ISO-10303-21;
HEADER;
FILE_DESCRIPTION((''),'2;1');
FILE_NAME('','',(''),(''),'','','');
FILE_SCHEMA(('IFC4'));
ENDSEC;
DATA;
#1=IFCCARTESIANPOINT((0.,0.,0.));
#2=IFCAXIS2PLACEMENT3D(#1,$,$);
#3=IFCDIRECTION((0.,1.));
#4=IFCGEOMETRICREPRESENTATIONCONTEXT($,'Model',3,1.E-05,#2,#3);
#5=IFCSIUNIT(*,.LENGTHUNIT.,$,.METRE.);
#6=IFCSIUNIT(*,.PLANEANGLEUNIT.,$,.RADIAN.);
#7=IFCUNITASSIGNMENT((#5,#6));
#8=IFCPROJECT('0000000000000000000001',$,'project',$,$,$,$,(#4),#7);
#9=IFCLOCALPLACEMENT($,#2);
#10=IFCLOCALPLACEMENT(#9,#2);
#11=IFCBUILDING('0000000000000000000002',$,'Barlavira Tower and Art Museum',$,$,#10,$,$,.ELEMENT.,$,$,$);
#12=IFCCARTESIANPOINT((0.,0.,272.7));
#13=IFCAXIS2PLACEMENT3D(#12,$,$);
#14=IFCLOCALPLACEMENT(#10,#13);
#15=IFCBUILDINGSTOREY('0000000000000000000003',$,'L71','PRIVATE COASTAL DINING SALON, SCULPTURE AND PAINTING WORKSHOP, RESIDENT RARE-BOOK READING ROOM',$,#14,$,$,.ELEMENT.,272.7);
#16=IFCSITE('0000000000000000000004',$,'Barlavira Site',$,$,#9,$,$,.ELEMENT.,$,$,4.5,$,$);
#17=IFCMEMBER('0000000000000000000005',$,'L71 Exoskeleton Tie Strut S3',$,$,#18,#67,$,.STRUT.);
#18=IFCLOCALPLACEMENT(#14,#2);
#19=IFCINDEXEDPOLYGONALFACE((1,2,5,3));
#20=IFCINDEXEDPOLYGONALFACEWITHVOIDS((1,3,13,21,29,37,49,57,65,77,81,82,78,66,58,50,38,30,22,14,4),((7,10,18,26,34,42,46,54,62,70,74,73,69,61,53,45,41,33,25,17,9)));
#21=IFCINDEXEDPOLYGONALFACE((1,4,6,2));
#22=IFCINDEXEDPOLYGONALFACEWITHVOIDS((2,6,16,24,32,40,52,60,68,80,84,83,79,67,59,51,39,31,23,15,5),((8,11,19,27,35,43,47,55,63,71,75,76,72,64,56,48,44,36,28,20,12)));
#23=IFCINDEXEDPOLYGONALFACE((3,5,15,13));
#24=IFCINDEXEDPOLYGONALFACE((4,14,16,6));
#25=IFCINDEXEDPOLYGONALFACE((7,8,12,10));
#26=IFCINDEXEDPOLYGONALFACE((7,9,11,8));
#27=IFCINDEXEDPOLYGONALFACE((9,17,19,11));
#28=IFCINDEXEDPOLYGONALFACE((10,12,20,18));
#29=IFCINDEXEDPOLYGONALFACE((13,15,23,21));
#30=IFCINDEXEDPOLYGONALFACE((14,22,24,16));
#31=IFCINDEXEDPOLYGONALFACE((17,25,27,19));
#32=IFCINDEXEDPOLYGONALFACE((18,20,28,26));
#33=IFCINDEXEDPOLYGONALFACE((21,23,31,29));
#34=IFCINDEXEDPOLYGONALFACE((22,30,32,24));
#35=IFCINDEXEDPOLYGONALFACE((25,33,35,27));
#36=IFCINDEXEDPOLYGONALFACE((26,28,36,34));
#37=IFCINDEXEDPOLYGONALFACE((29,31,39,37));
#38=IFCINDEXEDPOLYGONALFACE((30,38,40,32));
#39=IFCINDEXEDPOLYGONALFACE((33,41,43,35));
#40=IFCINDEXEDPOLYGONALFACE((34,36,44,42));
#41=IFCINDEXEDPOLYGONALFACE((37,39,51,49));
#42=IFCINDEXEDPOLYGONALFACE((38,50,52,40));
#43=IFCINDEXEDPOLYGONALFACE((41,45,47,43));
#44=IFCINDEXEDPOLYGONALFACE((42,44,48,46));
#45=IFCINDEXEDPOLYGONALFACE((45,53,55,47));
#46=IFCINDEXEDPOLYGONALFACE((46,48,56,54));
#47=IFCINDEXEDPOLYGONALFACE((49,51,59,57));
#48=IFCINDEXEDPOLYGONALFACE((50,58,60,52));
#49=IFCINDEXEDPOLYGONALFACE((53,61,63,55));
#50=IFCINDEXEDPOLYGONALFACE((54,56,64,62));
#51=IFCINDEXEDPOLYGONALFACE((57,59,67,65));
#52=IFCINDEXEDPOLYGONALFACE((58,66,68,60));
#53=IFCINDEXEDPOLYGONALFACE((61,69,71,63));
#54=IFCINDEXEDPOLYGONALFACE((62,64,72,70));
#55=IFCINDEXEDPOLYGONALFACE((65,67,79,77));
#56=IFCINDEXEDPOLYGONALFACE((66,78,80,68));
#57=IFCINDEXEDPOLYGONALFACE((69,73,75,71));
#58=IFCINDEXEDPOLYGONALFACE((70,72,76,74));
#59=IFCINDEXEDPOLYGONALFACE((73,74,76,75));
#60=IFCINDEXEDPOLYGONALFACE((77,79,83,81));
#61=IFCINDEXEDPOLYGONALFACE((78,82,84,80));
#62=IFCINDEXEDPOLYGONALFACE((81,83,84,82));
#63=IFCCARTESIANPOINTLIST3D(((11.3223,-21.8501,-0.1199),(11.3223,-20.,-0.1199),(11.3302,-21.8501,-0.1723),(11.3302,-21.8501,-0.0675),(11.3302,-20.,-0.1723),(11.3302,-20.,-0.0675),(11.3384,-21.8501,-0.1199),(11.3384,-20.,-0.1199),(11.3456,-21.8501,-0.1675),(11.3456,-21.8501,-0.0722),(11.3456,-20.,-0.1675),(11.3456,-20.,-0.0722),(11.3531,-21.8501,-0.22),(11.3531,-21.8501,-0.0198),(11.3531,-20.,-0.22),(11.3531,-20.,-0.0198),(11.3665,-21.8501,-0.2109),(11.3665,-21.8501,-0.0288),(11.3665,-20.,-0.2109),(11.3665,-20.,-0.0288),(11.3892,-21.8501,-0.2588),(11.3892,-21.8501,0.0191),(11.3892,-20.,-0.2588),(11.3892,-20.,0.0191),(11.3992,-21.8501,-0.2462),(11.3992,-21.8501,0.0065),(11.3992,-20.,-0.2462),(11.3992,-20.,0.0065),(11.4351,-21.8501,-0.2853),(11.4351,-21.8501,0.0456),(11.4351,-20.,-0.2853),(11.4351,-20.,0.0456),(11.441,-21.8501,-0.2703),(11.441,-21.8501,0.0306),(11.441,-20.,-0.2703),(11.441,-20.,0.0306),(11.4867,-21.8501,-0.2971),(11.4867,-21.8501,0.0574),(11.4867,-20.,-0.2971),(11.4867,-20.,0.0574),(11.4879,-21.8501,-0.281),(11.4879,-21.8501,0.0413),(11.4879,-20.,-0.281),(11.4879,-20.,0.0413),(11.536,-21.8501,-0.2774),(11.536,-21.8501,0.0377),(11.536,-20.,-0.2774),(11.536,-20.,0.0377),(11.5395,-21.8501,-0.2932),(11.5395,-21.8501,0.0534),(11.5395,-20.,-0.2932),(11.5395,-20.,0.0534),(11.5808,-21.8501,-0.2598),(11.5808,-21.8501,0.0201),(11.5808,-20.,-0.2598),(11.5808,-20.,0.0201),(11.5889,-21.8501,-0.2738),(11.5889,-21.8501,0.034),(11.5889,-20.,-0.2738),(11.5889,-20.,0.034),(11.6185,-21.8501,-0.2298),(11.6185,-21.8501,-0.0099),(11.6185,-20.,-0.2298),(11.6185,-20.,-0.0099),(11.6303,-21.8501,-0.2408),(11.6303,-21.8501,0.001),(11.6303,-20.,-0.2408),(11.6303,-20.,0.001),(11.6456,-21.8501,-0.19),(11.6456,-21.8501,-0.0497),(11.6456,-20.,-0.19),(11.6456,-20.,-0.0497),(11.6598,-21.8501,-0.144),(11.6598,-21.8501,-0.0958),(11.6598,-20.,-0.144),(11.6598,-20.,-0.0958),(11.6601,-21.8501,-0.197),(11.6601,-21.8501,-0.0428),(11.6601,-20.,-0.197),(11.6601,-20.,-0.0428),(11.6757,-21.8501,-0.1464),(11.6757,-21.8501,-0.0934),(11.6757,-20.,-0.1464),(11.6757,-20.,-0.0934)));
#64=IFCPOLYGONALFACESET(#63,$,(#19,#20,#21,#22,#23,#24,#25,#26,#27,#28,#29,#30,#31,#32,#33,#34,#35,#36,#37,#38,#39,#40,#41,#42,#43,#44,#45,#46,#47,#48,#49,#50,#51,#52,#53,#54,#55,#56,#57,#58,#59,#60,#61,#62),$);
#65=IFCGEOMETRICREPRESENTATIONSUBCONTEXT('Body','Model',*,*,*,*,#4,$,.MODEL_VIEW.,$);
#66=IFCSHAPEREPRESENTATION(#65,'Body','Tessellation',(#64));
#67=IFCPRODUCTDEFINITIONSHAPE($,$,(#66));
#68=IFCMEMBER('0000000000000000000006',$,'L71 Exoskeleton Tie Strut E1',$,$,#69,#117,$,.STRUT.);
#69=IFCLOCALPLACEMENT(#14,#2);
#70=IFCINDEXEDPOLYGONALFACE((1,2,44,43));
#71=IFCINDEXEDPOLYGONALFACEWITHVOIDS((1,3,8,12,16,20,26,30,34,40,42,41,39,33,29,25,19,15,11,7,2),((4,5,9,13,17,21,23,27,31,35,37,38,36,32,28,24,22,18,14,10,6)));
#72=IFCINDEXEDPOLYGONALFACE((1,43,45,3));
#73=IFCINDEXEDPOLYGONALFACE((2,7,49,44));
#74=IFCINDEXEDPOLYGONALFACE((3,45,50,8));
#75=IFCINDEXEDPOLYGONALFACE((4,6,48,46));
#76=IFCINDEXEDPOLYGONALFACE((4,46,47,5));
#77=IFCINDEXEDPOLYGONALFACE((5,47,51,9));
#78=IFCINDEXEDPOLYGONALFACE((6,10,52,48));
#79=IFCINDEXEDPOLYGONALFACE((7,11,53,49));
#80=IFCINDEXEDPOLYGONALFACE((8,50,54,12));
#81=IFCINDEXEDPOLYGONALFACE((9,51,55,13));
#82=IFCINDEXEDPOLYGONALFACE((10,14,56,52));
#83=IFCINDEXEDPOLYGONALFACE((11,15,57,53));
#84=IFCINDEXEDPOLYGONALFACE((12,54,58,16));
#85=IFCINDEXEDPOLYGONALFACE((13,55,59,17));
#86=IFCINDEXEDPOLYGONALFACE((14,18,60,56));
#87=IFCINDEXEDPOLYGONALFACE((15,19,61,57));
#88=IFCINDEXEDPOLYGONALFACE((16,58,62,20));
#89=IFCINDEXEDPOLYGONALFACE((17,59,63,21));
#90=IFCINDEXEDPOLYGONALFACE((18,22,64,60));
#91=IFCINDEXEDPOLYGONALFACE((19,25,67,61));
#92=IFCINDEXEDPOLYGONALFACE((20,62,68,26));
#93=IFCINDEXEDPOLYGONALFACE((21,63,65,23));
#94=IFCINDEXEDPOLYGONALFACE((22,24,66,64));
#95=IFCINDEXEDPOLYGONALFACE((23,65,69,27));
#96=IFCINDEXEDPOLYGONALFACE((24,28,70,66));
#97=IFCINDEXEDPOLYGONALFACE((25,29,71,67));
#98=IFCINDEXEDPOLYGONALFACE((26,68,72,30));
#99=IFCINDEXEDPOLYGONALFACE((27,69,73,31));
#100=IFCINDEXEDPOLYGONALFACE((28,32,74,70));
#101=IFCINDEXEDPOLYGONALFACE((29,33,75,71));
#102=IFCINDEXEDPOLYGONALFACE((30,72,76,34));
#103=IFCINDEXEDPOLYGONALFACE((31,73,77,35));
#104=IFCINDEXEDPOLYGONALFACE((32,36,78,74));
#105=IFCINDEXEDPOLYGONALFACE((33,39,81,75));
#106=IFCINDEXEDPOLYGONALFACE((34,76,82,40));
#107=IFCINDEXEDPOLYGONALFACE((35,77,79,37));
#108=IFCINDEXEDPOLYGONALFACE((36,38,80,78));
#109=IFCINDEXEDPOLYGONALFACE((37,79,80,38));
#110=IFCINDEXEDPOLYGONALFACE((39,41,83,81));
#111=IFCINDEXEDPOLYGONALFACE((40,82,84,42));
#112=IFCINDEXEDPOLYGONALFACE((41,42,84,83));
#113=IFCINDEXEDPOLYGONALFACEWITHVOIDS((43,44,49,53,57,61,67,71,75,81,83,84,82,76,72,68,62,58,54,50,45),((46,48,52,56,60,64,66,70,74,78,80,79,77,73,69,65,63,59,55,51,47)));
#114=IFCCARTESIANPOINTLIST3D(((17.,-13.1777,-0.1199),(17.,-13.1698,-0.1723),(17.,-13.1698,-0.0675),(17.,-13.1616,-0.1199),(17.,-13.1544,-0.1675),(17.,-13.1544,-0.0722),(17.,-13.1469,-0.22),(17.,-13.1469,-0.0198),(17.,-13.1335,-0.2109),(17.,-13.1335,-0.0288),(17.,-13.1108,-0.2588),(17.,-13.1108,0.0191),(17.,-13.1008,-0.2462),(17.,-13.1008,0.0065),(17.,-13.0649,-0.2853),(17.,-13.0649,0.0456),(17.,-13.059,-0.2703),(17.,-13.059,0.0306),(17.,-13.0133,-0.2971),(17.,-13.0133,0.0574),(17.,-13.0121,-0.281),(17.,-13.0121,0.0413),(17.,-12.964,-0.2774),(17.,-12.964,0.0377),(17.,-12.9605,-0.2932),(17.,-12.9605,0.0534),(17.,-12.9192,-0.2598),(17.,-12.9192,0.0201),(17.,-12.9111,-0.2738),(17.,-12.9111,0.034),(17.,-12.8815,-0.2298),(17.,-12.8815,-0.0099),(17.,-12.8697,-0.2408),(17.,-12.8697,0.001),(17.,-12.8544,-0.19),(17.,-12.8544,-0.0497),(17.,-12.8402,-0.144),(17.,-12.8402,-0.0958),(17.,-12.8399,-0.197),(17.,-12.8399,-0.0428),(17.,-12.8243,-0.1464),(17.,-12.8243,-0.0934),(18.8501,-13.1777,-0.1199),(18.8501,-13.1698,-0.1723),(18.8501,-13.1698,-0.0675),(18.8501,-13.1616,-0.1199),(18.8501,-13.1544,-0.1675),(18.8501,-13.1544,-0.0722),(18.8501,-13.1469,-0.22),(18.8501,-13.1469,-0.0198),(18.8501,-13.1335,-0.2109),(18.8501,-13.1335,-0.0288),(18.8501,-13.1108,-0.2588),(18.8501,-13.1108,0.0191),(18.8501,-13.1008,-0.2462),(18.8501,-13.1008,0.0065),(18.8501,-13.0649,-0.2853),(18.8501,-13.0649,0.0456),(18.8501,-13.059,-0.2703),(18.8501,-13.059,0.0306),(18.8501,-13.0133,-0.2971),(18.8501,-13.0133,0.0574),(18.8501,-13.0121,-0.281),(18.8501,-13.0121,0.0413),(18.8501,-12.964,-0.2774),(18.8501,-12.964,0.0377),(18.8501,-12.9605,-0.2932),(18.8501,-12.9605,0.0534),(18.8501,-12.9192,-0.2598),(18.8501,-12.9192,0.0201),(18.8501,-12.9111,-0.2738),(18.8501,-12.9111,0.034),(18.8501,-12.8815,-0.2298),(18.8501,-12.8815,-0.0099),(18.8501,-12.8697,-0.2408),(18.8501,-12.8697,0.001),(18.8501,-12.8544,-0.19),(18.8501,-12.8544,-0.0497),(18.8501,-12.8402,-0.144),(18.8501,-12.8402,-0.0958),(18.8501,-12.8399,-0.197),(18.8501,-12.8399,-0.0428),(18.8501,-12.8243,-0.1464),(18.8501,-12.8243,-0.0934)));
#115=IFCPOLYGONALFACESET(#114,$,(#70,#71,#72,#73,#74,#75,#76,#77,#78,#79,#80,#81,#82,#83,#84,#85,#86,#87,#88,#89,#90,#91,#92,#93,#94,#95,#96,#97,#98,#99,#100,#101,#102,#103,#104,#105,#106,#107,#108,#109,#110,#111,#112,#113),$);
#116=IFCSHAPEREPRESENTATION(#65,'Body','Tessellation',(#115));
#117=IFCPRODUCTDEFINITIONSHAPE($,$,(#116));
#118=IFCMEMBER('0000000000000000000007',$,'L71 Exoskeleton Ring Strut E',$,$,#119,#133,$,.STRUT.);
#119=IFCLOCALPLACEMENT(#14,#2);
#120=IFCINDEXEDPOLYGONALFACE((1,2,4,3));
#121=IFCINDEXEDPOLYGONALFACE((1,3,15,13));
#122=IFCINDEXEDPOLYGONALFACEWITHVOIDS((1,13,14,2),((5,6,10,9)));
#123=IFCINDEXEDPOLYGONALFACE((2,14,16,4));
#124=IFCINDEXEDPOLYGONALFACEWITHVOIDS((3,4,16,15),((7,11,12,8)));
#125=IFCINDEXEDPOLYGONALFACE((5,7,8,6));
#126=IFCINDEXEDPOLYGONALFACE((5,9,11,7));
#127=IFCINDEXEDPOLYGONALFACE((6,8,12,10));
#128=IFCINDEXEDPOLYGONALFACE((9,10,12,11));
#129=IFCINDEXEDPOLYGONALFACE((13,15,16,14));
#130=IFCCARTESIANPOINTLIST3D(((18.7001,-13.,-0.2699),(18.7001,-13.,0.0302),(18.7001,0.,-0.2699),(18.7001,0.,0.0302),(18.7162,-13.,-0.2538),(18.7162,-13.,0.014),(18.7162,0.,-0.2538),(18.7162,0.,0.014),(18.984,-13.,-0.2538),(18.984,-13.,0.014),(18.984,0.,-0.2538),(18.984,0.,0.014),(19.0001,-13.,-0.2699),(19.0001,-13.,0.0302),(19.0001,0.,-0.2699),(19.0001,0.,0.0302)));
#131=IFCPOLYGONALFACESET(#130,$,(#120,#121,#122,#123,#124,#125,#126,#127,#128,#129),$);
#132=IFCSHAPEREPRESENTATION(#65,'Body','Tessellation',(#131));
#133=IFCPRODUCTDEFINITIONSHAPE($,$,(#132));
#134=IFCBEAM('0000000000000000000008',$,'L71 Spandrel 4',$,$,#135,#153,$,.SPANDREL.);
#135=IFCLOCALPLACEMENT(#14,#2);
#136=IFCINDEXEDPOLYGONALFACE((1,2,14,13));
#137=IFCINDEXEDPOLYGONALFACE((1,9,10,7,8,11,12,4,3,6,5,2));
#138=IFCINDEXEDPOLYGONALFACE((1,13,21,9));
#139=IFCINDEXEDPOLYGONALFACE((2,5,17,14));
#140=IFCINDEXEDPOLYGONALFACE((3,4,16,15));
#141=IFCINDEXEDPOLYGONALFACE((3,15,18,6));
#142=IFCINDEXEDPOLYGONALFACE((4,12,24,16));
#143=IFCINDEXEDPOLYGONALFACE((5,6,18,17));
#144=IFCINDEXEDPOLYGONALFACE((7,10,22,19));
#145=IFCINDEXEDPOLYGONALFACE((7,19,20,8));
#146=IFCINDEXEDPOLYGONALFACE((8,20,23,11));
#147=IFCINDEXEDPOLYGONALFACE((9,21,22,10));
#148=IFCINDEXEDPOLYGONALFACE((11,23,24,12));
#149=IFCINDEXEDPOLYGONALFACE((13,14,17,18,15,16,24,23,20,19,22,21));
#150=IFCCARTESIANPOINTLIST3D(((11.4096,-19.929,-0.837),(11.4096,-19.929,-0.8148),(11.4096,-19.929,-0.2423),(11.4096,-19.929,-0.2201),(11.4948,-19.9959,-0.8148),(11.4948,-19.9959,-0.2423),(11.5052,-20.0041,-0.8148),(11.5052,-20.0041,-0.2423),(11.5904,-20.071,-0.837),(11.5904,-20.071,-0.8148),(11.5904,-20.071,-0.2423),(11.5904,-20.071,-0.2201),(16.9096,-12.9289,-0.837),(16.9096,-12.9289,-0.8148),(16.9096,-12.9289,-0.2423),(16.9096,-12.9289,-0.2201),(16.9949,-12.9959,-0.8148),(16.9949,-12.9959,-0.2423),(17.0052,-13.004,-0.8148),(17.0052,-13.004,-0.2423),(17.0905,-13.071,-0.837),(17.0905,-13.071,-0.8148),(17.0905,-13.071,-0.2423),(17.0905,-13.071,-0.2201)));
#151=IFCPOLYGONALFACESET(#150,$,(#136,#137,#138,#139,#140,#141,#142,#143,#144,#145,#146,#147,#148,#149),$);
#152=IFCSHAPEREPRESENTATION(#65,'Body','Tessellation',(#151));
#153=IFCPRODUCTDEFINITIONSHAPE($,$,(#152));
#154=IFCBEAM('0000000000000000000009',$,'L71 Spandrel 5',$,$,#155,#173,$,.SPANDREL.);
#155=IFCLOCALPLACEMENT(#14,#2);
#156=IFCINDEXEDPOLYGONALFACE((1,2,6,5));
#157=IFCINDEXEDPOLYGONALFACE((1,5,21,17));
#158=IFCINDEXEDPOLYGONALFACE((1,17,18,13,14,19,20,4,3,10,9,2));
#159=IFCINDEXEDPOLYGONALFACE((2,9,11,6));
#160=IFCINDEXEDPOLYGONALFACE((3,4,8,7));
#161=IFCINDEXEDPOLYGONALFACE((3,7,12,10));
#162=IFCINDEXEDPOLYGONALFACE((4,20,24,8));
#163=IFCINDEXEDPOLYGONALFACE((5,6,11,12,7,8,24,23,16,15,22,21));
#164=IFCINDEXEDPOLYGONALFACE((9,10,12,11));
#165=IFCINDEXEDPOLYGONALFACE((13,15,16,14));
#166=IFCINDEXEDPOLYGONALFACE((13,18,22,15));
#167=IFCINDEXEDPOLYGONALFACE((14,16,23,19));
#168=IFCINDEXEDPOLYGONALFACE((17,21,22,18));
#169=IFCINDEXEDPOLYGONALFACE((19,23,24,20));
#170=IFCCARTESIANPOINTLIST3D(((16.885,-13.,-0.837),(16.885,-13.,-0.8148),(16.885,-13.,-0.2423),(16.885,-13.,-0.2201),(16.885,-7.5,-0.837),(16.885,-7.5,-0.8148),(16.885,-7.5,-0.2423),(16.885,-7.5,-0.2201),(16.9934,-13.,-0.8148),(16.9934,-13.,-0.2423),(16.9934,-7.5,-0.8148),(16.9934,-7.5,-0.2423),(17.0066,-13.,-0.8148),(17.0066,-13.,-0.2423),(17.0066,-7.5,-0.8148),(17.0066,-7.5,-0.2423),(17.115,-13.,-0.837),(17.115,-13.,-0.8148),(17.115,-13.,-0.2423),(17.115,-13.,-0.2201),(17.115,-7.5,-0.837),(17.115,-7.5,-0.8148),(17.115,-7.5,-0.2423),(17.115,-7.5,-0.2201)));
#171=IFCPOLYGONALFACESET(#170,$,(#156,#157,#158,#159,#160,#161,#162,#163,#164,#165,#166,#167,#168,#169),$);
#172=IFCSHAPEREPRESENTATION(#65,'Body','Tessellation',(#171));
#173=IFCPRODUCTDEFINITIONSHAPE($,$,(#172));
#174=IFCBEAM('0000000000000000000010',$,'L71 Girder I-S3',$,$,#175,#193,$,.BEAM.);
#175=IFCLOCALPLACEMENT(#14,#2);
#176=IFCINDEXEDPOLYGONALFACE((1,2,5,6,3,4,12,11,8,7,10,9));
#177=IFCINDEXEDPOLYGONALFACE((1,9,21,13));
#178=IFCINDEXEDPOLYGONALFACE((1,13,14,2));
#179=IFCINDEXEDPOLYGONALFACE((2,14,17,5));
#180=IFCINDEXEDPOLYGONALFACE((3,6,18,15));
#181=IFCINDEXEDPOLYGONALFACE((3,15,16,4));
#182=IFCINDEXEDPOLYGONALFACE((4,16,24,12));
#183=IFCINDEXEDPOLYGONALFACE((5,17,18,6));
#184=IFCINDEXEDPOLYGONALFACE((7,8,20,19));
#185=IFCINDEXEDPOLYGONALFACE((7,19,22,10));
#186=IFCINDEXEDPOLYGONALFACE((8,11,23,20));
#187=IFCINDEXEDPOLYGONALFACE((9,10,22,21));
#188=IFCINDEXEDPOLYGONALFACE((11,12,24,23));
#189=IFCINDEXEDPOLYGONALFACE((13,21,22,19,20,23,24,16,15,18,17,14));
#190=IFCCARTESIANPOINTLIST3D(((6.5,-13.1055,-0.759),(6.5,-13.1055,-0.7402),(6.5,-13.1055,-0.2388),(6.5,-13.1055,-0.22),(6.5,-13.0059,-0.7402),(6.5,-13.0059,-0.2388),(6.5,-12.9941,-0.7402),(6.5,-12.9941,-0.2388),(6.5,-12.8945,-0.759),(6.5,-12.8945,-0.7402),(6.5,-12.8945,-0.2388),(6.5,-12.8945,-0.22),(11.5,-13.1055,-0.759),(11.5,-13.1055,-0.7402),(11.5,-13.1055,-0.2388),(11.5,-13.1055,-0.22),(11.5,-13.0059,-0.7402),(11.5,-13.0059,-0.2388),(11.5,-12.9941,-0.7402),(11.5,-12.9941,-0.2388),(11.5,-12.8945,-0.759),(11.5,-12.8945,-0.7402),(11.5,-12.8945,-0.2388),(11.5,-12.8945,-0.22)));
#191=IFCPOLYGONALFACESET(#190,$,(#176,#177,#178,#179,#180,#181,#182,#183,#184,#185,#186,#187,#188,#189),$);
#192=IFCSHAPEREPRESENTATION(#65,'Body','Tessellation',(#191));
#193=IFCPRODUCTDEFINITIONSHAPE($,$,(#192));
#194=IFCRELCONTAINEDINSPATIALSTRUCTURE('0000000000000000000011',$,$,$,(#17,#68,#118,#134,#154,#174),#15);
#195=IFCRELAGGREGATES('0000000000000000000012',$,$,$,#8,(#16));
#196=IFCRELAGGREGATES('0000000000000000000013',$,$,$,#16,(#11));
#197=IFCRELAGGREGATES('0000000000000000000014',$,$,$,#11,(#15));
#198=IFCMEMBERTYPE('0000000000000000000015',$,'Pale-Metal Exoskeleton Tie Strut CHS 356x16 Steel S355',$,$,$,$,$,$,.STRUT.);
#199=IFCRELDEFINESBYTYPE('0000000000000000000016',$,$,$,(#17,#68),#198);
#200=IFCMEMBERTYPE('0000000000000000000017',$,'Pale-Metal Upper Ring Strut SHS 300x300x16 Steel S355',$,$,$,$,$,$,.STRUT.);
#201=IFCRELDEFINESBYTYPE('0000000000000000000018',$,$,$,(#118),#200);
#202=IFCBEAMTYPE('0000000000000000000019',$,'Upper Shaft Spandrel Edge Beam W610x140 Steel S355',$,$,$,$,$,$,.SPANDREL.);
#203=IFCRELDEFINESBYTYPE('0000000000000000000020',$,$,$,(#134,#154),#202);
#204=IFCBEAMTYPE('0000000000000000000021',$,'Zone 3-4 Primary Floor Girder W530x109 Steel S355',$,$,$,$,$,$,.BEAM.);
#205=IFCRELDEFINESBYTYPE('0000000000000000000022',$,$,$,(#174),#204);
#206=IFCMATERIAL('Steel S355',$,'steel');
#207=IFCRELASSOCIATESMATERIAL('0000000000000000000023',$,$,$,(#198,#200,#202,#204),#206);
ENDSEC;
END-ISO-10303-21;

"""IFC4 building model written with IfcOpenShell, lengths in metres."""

from ifc_helpers import new_model, si_unit, direction, frame, origin, origin_2d, place, context, subcontext, project, spatial, hollow_rectangle, hollow_circle, i_section, extrude, material, material_profile, profile_set, type_object, element, save


model = new_model("IFC4")

# Units and contexts
model_context = context("Model", 3, precision=1e-05, world=origin(), true_north=direction((0.0, 1.0)))
body_context = subcontext(model_context, "Body", "Model", "MODEL_VIEW")
ifc_project = project(units=[si_unit("LENGTHUNIT", "METRE"), si_unit("PLANEANGLEUNIT", "RADIAN")], contexts=[model_context])

# Site, building, storey
site_placement = place(None, origin())
site = spatial("IfcSite", under=ifc_project, at=site_placement, Name="Barlavira Site", CompositionType="ELEMENT", RefElevation=4.5)
building_placement = place(site_placement, origin())
building = spatial("IfcBuilding", under=site, at=building_placement, Name="Barlavira Tower and Art Museum", CompositionType="ELEMENT")
storey_placement = place(building_placement, frame((0.0, 0.0, 272.7)))
storey = spatial("IfcBuildingStorey", under=building, at=storey_placement, Name="L71", Description="PRIVATE COASTAL DINING SALON, SCULPTURE AND PAINTING WORKSHOP, RESIDENT RARE-BOOK READING ROOM", CompositionType="ELEMENT", Elevation=272.7)

# Members
ifc_material_1 = material(Name="Steel S355", Category="steel")
ifc_material_profile_1 = material_profile(ifc_material_1, hollow_circle(Radius=0.1777, WallThickness=0.0161, at=origin_2d()), Name="CHS 355.6x16.0")
ifc_profile_set_1 = profile_set([ifc_material_profile_1], Name="Steel S355")
member_type_1 = type_object("IfcMemberType", Name="Pale-Metal Exoskeleton Tie Strut CHS 356x16 Steel S355", PredefinedType="STRUT", material=ifc_profile_set_1)
for number, where, z_axis, x_axis, name in (
    (1, (11.5, -21.8501, -0.1199), (0.0, 1.0, 0.0), (-1.0, 0.0, 0.0), "L71 Exoskeleton Tie Strut S3"),
    (2, (18.8501, -13.0, -0.1199), (-1.0, 0.0, 0.0), (0.0, -1.0, 0.0), "L71 Exoskeleton Tie Strut E1"),
):
    element("IfcMember", number, at=place(storey_placement, frame(where, z_axis=z_axis, x_axis=x_axis)), inside=storey, type_object=member_type_1, Name=name, PredefinedType="STRUT", context=body_context, shape_type="SweptSolid", body=[
        extrude(hollow_circle(Radius=0.1777, WallThickness=0.0161, at=origin_2d()), origin(), (0.0, 0.0, 1.0), 1.8501),
    ])
ifc_material_profile_2 = material_profile(ifc_material_1, hollow_rectangle(XDim=0.3, YDim=0.3, WallThickness=0.0161, at=origin_2d()), Name="SHS 300x300x16.0")
ifc_profile_set_2 = profile_set([ifc_material_profile_2], Name="Steel S355")
member_type_2 = type_object("IfcMemberType", Name="Pale-Metal Upper Ring Strut SHS 300x300x16 Steel S355", PredefinedType="STRUT", material=ifc_profile_set_2)
member_1_placement = place(storey_placement, frame((18.8501, -13.0, -0.1199), z_axis=(0.0, 1.0, 0.0), x_axis=(-1.0, 0.0, 0.0)))
element("IfcMember", 3, at=member_1_placement, inside=storey, type_object=member_type_2, Name="L71 Exoskeleton Ring Strut E", PredefinedType="STRUT", context=body_context, shape_type="SweptSolid", body=[
    extrude(hollow_rectangle(XDim=0.3, YDim=0.3, WallThickness=0.0161, at=origin_2d()), origin(), (0.0, 0.0, 1.0), 13.0),
])

# Beams
ifc_material_profile_3 = material_profile(ifc_material_1, i_section(OverallWidth=0.23, OverallDepth=0.6169, WebThickness=0.0132, FlangeThickness=0.0222, at=origin_2d()), Name="W610x140.0")
ifc_profile_set_3 = profile_set([ifc_material_profile_3], Name="Steel S355")
beam_type_1 = type_object("IfcBeamType", Name="Upper Shaft Spandrel Edge Beam W610x140 Steel S355", PredefinedType="SPANDREL", material=ifc_profile_set_3)
beam_1_placement = place(storey_placement, frame((11.5, -20.0, -0.5286), z_axis=(0.617822, 0.786318, 0.0), x_axis=(-0.786318, 0.617822, 0.0)))
element("IfcBeam", 4, at=beam_1_placement, inside=storey, type_object=beam_type_1, Name="L71 Spandrel 4", PredefinedType="SPANDREL", context=body_context, shape_type="SweptSolid", body=[
    extrude(i_section(OverallWidth=0.23, OverallDepth=0.6169, WebThickness=0.0132, FlangeThickness=0.0222, at=origin_2d()), origin(), (0.0, 0.0, 1.0), 8.9023),
])
beam_2_placement = place(storey_placement, frame((17.0, -13.0, -0.5286), z_axis=(0.0, 1.0, 0.0), x_axis=(-1.0, 0.0, 0.0)))
element("IfcBeam", 5, at=beam_2_placement, inside=storey, type_object=beam_type_1, Name="L71 Spandrel 5", PredefinedType="SPANDREL", context=body_context, shape_type="SweptSolid", body=[
    extrude(i_section(OverallWidth=0.23, OverallDepth=0.6169, WebThickness=0.0132, FlangeThickness=0.0222, at=origin_2d()), origin(), (0.0, 0.0, 1.0), 5.5),
])
ifc_material_profile_4 = material_profile(ifc_material_1, i_section(OverallWidth=0.2109, OverallDepth=0.5391, WebThickness=0.0117, FlangeThickness=0.0188, at=origin_2d()), Name="W530x109.0")
ifc_profile_set_4 = profile_set([ifc_material_profile_4], Name="Steel S355")
beam_type_2 = type_object("IfcBeamType", Name="Zone 3-4 Primary Floor Girder W530x109 Steel S355", PredefinedType="BEAM", material=ifc_profile_set_4)
beam_3_placement = place(storey_placement, frame((6.5, -13.0, -0.4895), z_axis=(1.0, 0.0, 0.0), x_axis=(0.0, 1.0, 0.0)))
element("IfcBeam", 6, at=beam_3_placement, inside=storey, type_object=beam_type_2, Name="L71 Girder I-S3", PredefinedType="BEAM", context=body_context, shape_type="SweptSolid", body=[
    extrude(i_section(OverallWidth=0.2109, OverallDepth=0.5391, WebThickness=0.0117, FlangeThickness=0.0188, at=origin_2d()), origin(), (0.0, 0.0, 1.0), 5.0),
])

save(model, "model.ifc")
